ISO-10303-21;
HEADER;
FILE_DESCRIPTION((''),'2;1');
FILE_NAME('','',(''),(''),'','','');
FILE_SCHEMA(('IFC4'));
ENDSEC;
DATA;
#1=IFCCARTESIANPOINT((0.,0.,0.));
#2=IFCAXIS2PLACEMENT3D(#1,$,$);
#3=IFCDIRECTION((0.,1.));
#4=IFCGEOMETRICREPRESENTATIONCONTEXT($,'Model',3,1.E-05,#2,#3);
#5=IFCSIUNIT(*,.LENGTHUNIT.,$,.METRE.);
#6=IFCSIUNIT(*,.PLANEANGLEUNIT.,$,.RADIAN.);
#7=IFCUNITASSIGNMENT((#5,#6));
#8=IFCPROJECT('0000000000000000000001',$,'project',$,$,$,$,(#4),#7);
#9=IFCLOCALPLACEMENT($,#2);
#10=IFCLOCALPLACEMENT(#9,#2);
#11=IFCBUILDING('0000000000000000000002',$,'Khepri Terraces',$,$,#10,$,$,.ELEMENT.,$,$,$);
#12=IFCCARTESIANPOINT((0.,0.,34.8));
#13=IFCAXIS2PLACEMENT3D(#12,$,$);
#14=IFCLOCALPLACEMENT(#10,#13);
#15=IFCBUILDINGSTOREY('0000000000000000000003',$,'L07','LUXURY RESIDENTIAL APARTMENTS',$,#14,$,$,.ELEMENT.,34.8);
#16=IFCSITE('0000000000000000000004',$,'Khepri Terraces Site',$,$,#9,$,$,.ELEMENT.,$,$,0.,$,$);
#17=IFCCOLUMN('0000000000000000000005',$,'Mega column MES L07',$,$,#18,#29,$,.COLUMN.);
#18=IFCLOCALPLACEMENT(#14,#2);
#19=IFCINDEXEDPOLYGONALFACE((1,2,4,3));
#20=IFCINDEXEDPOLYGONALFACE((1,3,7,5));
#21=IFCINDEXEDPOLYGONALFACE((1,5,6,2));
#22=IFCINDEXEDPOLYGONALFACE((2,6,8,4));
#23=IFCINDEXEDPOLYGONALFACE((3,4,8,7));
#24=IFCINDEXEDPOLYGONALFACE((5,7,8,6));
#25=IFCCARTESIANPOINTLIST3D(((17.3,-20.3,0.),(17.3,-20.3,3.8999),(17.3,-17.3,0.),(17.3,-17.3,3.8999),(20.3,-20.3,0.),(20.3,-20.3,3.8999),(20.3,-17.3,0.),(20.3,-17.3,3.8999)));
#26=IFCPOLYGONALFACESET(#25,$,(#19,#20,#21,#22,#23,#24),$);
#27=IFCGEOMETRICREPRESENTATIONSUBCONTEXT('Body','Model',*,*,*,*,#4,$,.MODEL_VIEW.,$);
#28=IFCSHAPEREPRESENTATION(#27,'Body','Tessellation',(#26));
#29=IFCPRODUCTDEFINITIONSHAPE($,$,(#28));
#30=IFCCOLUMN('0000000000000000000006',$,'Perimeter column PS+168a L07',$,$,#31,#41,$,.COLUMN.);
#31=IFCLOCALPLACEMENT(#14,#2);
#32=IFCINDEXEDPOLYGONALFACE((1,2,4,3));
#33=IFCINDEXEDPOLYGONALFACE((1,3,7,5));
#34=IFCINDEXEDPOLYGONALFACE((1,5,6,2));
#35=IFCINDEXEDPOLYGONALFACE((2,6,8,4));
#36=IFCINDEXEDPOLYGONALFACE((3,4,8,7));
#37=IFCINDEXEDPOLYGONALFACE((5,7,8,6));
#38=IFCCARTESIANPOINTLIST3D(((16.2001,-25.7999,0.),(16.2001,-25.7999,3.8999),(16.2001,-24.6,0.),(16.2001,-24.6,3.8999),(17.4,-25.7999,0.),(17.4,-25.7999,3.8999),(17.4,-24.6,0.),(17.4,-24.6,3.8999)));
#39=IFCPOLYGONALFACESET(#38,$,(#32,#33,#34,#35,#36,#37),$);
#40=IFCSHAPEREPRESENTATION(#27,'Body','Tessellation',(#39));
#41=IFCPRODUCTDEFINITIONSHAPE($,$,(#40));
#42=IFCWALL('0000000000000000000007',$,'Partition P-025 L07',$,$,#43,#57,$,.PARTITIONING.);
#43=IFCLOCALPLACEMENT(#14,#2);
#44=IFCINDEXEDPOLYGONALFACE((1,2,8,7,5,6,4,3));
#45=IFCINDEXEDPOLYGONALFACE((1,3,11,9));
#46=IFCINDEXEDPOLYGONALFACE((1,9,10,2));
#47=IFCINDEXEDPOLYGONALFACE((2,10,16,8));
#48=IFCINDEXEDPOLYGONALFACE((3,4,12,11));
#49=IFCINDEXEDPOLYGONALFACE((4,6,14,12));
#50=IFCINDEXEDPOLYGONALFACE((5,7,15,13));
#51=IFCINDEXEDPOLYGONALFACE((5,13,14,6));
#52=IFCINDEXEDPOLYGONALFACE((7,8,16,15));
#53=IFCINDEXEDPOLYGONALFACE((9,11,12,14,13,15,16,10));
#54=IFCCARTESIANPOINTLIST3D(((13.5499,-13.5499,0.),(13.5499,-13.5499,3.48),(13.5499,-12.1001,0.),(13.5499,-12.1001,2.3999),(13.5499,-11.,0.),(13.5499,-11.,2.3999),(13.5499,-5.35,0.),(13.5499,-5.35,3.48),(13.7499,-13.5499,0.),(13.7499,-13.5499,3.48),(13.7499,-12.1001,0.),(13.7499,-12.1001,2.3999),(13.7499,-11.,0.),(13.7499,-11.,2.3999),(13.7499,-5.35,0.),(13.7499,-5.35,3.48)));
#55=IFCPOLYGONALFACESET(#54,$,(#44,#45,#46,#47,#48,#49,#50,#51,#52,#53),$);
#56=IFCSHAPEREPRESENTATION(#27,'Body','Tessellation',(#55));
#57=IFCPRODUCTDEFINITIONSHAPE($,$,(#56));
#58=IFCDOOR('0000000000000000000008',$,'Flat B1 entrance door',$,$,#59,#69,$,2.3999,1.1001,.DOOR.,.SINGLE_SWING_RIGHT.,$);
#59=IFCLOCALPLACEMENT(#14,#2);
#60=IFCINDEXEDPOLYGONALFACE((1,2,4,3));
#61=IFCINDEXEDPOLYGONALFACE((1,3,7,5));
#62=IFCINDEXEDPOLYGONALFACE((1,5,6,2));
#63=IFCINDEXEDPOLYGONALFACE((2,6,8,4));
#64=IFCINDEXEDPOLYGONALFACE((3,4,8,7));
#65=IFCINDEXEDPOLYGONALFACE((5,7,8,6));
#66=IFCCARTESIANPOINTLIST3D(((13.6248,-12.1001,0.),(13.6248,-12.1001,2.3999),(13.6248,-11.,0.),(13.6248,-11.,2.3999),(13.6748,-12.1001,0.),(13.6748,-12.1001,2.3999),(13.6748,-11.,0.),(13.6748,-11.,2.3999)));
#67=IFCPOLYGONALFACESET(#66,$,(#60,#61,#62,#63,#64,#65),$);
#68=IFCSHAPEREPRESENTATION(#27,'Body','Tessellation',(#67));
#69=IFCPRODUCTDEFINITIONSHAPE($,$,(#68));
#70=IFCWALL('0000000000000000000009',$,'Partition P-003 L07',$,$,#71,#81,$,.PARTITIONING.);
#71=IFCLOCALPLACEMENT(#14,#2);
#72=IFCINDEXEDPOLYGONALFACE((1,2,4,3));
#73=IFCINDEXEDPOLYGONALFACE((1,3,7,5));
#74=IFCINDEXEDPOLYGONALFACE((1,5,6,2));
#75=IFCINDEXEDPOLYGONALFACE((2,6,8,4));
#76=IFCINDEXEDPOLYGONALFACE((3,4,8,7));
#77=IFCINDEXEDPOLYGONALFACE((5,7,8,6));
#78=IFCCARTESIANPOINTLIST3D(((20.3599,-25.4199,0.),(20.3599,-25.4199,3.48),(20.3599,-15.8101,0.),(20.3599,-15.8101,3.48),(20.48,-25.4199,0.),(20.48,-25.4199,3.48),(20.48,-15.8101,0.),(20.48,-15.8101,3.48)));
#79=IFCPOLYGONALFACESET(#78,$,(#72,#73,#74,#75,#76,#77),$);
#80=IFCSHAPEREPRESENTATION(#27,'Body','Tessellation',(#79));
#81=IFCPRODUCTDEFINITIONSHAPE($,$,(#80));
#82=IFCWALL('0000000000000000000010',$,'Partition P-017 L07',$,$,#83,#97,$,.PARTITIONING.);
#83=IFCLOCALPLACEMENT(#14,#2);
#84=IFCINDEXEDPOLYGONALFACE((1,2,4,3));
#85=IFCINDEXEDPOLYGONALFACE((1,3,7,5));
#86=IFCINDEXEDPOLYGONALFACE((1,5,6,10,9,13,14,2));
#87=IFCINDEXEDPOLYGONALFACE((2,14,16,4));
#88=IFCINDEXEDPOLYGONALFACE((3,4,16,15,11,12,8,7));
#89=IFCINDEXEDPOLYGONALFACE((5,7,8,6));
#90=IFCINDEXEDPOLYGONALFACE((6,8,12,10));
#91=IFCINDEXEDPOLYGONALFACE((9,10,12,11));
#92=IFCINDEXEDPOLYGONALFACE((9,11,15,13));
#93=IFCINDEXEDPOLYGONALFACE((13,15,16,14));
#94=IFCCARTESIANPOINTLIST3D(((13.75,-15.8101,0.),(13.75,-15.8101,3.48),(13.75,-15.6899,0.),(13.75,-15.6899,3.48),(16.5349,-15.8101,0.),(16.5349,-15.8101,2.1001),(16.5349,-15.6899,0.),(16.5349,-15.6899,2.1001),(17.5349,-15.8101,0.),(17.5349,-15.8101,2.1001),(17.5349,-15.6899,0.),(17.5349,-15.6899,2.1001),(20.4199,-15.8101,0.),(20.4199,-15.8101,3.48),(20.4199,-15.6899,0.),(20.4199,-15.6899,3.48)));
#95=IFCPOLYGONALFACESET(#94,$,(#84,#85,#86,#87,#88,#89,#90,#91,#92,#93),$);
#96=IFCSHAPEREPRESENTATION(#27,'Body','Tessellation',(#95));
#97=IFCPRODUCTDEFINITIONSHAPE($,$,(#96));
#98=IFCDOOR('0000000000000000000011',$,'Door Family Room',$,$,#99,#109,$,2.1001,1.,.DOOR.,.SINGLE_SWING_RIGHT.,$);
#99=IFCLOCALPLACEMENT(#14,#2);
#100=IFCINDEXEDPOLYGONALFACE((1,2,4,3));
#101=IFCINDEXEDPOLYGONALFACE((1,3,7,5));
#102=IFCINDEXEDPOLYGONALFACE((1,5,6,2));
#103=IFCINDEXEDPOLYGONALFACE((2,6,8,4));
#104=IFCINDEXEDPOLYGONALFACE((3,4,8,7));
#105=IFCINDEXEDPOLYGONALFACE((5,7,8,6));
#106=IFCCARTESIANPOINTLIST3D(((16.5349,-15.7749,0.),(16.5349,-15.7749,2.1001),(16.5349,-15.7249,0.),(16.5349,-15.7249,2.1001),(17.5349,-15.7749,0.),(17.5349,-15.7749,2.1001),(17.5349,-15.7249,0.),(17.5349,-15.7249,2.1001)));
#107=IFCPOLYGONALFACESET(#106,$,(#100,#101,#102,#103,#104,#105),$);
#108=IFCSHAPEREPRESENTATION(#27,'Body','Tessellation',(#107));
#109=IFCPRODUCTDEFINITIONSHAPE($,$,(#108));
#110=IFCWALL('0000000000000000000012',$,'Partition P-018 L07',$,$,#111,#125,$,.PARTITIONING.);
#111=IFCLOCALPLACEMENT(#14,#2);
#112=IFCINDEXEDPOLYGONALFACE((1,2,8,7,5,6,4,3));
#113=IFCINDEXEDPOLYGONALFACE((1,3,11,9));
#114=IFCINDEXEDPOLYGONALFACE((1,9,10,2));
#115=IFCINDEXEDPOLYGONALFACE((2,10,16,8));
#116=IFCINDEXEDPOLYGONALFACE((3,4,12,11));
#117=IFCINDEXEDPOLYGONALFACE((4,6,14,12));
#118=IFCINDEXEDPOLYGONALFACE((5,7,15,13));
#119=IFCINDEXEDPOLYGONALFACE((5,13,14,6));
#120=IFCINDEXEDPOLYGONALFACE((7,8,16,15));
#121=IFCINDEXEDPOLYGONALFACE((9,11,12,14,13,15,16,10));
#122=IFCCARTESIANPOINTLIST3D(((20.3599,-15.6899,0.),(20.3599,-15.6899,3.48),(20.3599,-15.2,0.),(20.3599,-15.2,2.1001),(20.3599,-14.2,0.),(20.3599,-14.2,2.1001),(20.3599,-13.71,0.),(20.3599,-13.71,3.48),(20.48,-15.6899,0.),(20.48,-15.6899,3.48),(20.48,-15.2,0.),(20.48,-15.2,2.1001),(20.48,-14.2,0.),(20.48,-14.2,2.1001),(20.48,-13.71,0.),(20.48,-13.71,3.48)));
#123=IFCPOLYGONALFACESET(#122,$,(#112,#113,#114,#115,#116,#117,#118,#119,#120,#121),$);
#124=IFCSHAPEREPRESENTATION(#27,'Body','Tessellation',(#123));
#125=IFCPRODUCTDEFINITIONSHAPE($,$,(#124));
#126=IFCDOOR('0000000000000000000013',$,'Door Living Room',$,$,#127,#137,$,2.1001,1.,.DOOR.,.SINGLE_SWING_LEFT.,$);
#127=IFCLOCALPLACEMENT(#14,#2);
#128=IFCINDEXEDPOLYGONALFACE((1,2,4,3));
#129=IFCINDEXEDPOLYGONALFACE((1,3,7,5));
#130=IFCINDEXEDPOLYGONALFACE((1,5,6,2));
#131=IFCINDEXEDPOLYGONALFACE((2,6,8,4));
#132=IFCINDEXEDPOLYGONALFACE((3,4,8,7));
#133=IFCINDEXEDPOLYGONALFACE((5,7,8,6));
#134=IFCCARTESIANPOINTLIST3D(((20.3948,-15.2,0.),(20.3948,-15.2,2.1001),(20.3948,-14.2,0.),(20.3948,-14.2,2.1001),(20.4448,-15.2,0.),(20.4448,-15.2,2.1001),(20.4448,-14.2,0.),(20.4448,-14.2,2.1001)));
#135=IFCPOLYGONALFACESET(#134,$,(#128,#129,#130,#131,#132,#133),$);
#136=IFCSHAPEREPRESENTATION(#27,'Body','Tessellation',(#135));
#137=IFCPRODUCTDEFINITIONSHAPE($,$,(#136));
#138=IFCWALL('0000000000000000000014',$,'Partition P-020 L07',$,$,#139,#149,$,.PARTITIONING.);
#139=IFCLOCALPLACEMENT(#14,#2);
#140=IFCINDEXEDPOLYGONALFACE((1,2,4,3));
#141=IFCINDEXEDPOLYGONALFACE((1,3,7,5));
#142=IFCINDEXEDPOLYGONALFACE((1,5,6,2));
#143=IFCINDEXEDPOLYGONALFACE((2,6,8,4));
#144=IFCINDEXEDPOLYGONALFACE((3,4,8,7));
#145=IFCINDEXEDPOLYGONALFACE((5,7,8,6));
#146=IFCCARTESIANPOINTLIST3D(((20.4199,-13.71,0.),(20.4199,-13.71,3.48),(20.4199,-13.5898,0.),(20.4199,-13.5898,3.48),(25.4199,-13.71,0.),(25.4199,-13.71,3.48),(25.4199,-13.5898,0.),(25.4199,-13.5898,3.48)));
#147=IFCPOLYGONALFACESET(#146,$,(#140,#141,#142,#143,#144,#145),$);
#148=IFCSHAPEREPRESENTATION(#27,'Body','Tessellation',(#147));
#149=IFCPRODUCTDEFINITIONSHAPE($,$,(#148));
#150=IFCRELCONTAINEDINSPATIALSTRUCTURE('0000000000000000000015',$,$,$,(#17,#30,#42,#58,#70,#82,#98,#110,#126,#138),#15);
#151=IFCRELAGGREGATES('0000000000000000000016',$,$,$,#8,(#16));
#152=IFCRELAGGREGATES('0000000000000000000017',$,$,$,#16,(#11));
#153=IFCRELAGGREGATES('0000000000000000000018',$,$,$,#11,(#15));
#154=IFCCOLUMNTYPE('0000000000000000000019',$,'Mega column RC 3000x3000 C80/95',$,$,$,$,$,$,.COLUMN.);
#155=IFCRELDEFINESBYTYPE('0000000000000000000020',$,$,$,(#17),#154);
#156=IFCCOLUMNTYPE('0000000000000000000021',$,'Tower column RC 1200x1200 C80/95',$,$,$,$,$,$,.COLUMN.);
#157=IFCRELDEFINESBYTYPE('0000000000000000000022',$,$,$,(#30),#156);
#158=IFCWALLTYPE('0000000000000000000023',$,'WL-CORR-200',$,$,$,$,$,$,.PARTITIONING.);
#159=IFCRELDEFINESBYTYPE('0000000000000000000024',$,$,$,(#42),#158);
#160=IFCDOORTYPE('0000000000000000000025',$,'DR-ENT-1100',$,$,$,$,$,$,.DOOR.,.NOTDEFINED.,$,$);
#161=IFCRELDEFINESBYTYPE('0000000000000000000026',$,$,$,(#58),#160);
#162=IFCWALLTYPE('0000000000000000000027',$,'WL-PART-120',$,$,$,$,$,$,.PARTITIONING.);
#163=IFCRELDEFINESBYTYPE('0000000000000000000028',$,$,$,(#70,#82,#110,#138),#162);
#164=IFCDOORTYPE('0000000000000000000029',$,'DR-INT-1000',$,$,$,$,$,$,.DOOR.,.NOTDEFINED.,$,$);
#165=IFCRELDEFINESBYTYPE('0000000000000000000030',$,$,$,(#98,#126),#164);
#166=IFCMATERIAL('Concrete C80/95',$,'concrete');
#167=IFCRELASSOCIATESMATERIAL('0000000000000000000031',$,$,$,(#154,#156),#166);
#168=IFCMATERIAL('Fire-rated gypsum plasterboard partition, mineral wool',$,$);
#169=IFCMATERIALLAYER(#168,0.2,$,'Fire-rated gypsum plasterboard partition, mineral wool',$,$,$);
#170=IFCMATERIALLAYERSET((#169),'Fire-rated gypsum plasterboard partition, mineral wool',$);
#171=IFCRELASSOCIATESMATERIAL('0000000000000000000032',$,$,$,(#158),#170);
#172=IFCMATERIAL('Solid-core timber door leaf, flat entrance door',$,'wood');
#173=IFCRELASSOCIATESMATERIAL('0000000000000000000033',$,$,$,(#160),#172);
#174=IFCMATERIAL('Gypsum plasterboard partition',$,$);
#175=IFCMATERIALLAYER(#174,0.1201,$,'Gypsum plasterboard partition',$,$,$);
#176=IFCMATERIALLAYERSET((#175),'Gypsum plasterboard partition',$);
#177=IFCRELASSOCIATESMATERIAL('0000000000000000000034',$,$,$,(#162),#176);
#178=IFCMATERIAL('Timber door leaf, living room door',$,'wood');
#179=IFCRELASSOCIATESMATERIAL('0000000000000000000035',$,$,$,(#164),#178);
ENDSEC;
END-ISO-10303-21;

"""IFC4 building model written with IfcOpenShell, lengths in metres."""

from ifc_helpers import new_model, si_unit, direction, frame, frame_2d, origin, origin_2d, place, context, subcontext, project, spatial, rectangle, extrude, material, layer, layer_set, material_profile, profile_set, type_object, element, fill, save


model = new_model("IFC4")

# Units and contexts
model_context = context("Model", 3, precision=1e-05, world=origin(), true_north=direction((0.0, 1.0)))
body_context = subcontext(model_context, "Body", "Model", "MODEL_VIEW")
ifc_project = project(units=[si_unit("LENGTHUNIT", "METRE"), si_unit("PLANEANGLEUNIT", "RADIAN")], contexts=[model_context])

# Site, building, storey
site_placement = place(None, origin())
site = spatial("IfcSite", under=ifc_project, at=site_placement, Name="Khepri Terraces Site", CompositionType="ELEMENT", RefElevation=0.0)
building_placement = place(site_placement, origin())
building = spatial("IfcBuilding", under=site, at=building_placement, Name="Khepri Terraces", CompositionType="ELEMENT")
storey_placement = place(building_placement, frame((0.0, 0.0, 34.8)))
storey = spatial("IfcBuildingStorey", under=building, at=storey_placement, Name="L07", Description="LUXURY RESIDENTIAL APARTMENTS", CompositionType="ELEMENT", Elevation=34.8)

# Columns
ifc_material_1 = material(Name="Concrete C80/95", Category="concrete")
ifc_material_profile_1 = material_profile(ifc_material_1, rectangle(XDim=3.0, YDim=3.0, at=origin_2d()), Name="Concrete C80/95", Category="concrete")
ifc_profile_set_1 = profile_set([ifc_material_profile_1], Name="Concrete C80/95")
column_type_1 = type_object("IfcColumnType", Name="Mega column RC 3000x3000 C80/95", PredefinedType="COLUMN", material=ifc_profile_set_1)
column_1_placement = place(storey_placement, frame((18.8, -18.8, 0.0), z_axis=(0.0, 0.0, 1.0), x_axis=(1.0, 0.0, 0.0)))
element("IfcColumn", 1, at=column_1_placement, inside=storey, type_object=column_type_1, Name="Mega column MES L07", PredefinedType="COLUMN", context=body_context, shape_type="SweptSolid", body=[
    extrude(rectangle(XDim=3.0, YDim=3.0, at=origin_2d()), origin(), (0.0, 0.0, 1.0), 3.8999),
])
ifc_material_profile_2 = material_profile(ifc_material_1, rectangle(XDim=1.2, YDim=1.2, at=origin_2d()), Name="Concrete C80/95", Category="concrete")
ifc_profile_set_2 = profile_set([ifc_material_profile_2], Name="Concrete C80/95")
column_type_2 = type_object("IfcColumnType", Name="Tower column RC 1200x1200 C80/95", PredefinedType="COLUMN", material=ifc_profile_set_2)
column_2_placement = place(storey_placement, frame((16.8, -25.2, 0.0), z_axis=(0.0, 0.0, 1.0), x_axis=(1.0, 0.0, 0.0)))
element("IfcColumn", 2, at=column_2_placement, inside=storey, type_object=column_type_2, Name="Perimeter column PS+168a L07", PredefinedType="COLUMN", context=body_context, shape_type="SweptSolid", body=[
    extrude(rectangle(XDim=1.2, YDim=1.2, at=origin_2d()), origin(), (0.0, 0.0, 1.0), 3.8999),
])

# Wall, opening, door
ifc_material_2 = material(Name="Fire-rated gypsum plasterboard partition, mineral wool")
ifc_layer_1 = layer(ifc_material_2, 0.2, Name="Fire-rated gypsum plasterboard partition, mineral wool")
ifc_layer_set_1 = layer_set([ifc_layer_1], Name="Fire-rated gypsum plasterboard partition, mineral wool")
wall_type_1 = type_object("IfcWallType", Name="WL-CORR-200", PredefinedType="PARTITIONING", material=ifc_layer_set_1)
wall_1_placement = place(storey_placement, frame((13.6499, -13.55, 0.0), z_axis=(0.0, 0.0, 1.0), x_axis=(0.0, 1.0, 0.0)))
wall_1 = element("IfcWall", 3, at=wall_1_placement, inside=storey, type_object=wall_type_1, Name="Partition P-025 L07", PredefinedType="PARTITIONING", context=body_context, shape_type="SweptSolid", body=[
    extrude(rectangle(XDim=8.2, YDim=0.2, at=frame_2d((4.1001, 0.0))), origin(), (0.0, 0.0, 1.0), 3.48),
])
opening_1_placement = place(wall_1_placement, frame((1.45, 0.0, 0.0)))
opening_1 = element("IfcOpeningElement", 4, at=opening_1_placement, cuts=wall_1, PredefinedType="OPENING", context=body_context, shape_type="SweptSolid", body=[
    extrude(rectangle(XDim=1.1001, YDim=2.3999, at=frame_2d((0.55, 1.2))), frame((0.0, 0.1099, 0.0), z_axis=(0.0, -1.0, 0.0), x_axis=(1.0, 0.0, 0.0)), (0.0, 0.0, 1.0), 0.22),
])
ifc_material_3 = material(Name="Solid-core timber door leaf, flat entrance door", Category="wood")
door_type_1 = type_object("IfcDoorType", Name="DR-ENT-1100", OperationType="NOTDEFINED", PredefinedType="DOOR", material=ifc_material_3)
door_1_placement = place(opening_1_placement, frame((1.1001, 0.0, 0.0), z_axis=(0.0, 0.0, 1.0), x_axis=(-1.0, 0.0, 0.0)))
door_1 = element("IfcDoor", 5, at=door_1_placement, inside=storey, type_object=door_type_1, Name="Flat B1 entrance door", OperationType="SINGLE_SWING_RIGHT", OverallHeight=2.3999, OverallWidth=1.1001, PredefinedType="DOOR", context=body_context, shape_type="SweptSolid", body=[
    extrude(rectangle(XDim=1.1001, YDim=2.3999, at=frame_2d((0.55, 1.2))), frame((0.0, 0.0249, 0.0), z_axis=(0.0, -1.0, 0.0), x_axis=(1.0, 0.0, 0.0)), (0.0, 0.0, 1.0), 0.05),
])
fill(opening_1, door_1)

# Wall
ifc_material_4 = material(Name="Gypsum plasterboard partition")
ifc_layer_2 = layer(ifc_material_4, 0.1201, Name="Gypsum plasterboard partition")
ifc_layer_set_2 = layer_set([ifc_layer_2], Name="Gypsum plasterboard partition")
wall_type_2 = type_object("IfcWallType", Name="WL-PART-120", PredefinedType="PARTITIONING", material=ifc_layer_set_2)
wall_2_placement = place(storey_placement, frame((20.4199, -25.4199, 0.0), z_axis=(0.0, 0.0, 1.0), x_axis=(0.0, 1.0, 0.0)))
element("IfcWall", 6, at=wall_2_placement, inside=storey, type_object=wall_type_2, Name="Partition P-003 L07", PredefinedType="PARTITIONING", context=body_context, shape_type="SweptSolid", body=[
    extrude(rectangle(XDim=9.6099, YDim=0.1201, at=frame_2d((4.8049, 0.0))), origin(), (0.0, 0.0, 1.0), 3.48),
])

# Walls, openings, doors
wall_3_placement = place(storey_placement, frame((13.75, -15.75, 0.0), z_axis=(0.0, 0.0, 1.0), x_axis=(1.0, 0.0, 0.0)))
wall_3 = element("IfcWall", 7, at=wall_3_placement, inside=storey, type_object=wall_type_2, Name="Partition P-017 L07", PredefinedType="PARTITIONING", context=body_context, shape_type="SweptSolid", body=[
    extrude(rectangle(XDim=6.6699, YDim=0.1201, at=frame_2d((3.335, 0.0))), origin(), (0.0, 0.0, 1.0), 3.48),
])
opening_2_placement = place(wall_3_placement, frame((2.7849, 0.0, 0.0)))
opening_2 = element("IfcOpeningElement", 8, at=opening_2_placement, cuts=wall_3, PredefinedType="OPENING", context=body_context, shape_type="SweptSolid", body=[
    extrude(rectangle(XDim=1.0, YDim=2.1001, at=frame_2d((0.5, 1.05))), frame((0.0, 0.0701, 0.0), z_axis=(0.0, -1.0, 0.0), x_axis=(1.0, 0.0, 0.0)), (0.0, 0.0, 1.0), 0.1401),
])
ifc_material_5 = material(Name="Timber door leaf, living room door", Category="wood")
door_type_2 = type_object("IfcDoorType", Name="DR-INT-1000", OperationType="NOTDEFINED", PredefinedType="DOOR", material=ifc_material_5)
door_2_placement = place(opening_2_placement, frame((1.0, 0.0, 0.0), z_axis=(0.0, 0.0, 1.0), x_axis=(-1.0, 0.0, 0.0)))
door_2 = element("IfcDoor", 9, at=door_2_placement, inside=storey, type_object=door_type_2, Name="Door Family Room", OperationType="SINGLE_SWING_RIGHT", OverallHeight=2.1001, OverallWidth=1.0, PredefinedType="DOOR", context=body_context, shape_type="SweptSolid", body=[
    extrude(rectangle(XDim=1.0, YDim=2.1001, at=frame_2d((0.5, 1.05))), frame((0.0, 0.0249, 0.0), z_axis=(0.0, -1.0, 0.0), x_axis=(1.0, 0.0, 0.0)), (0.0, 0.0, 1.0), 0.05),
])
fill(opening_2, door_2)
wall_4_placement = place(storey_placement, frame((20.4199, -15.6899, 0.0), z_axis=(0.0, 0.0, 1.0), x_axis=(0.0, 1.0, 0.0)))
wall_4 = element("IfcWall", 10, at=wall_4_placement, inside=storey, type_object=wall_type_2, Name="Partition P-018 L07", PredefinedType="PARTITIONING", context=body_context, shape_type="SweptSolid", body=[
    extrude(rectangle(XDim=1.98, YDim=0.1201, at=frame_2d((0.99, 0.0))), origin(), (0.0, 0.0, 1.0), 3.48),
])
opening_3_placement = place(wall_4_placement, frame((0.49, 0.0, 0.0)))
opening_3 = element("IfcOpeningElement", 11, at=opening_3_placement, cuts=wall_4, PredefinedType="OPENING", context=body_context, shape_type="SweptSolid", body=[
    extrude(rectangle(XDim=1.0, YDim=2.1001, at=frame_2d((0.5, 1.05))), frame((0.0, 0.0701, 0.0), z_axis=(0.0, -1.0, 0.0), x_axis=(1.0, 0.0, 0.0)), (0.0, 0.0, 1.0), 0.1401),
])
door_3_placement = place(opening_3_placement, frame((1.0, 0.0, 0.0), z_axis=(0.0, 0.0, 1.0), x_axis=(-1.0, 0.0, 0.0)))
door_3 = element("IfcDoor", 12, at=door_3_placement, inside=storey, type_object=door_type_2, Name="Door Living Room", OperationType="SINGLE_SWING_LEFT", OverallHeight=2.1001, OverallWidth=1.0, PredefinedType="DOOR", context=body_context, shape_type="SweptSolid", body=[
    extrude(rectangle(XDim=1.0, YDim=2.1001, at=frame_2d((0.5, 1.05))), frame((0.0, 0.0249, 0.0), z_axis=(0.0, -1.0, 0.0), x_axis=(1.0, 0.0, 0.0)), (0.0, 0.0, 1.0), 0.05),
])
fill(opening_3, door_3)

# Wall
wall_5_placement = place(storey_placement, frame((20.4199, -13.6499, 0.0), z_axis=(0.0, 0.0, 1.0), x_axis=(1.0, 0.0, 0.0)))
element("IfcWall", 13, at=wall_5_placement, inside=storey, type_object=wall_type_2, Name="Partition P-020 L07", PredefinedType="PARTITIONING", context=body_context, shape_type="SweptSolid", body=[
    extrude(rectangle(XDim=5.0, YDim=0.1201, at=frame_2d((2.5, 0.0))), origin(), (0.0, 0.0, 1.0), 3.48),
])

save(model, "model.ifc")
